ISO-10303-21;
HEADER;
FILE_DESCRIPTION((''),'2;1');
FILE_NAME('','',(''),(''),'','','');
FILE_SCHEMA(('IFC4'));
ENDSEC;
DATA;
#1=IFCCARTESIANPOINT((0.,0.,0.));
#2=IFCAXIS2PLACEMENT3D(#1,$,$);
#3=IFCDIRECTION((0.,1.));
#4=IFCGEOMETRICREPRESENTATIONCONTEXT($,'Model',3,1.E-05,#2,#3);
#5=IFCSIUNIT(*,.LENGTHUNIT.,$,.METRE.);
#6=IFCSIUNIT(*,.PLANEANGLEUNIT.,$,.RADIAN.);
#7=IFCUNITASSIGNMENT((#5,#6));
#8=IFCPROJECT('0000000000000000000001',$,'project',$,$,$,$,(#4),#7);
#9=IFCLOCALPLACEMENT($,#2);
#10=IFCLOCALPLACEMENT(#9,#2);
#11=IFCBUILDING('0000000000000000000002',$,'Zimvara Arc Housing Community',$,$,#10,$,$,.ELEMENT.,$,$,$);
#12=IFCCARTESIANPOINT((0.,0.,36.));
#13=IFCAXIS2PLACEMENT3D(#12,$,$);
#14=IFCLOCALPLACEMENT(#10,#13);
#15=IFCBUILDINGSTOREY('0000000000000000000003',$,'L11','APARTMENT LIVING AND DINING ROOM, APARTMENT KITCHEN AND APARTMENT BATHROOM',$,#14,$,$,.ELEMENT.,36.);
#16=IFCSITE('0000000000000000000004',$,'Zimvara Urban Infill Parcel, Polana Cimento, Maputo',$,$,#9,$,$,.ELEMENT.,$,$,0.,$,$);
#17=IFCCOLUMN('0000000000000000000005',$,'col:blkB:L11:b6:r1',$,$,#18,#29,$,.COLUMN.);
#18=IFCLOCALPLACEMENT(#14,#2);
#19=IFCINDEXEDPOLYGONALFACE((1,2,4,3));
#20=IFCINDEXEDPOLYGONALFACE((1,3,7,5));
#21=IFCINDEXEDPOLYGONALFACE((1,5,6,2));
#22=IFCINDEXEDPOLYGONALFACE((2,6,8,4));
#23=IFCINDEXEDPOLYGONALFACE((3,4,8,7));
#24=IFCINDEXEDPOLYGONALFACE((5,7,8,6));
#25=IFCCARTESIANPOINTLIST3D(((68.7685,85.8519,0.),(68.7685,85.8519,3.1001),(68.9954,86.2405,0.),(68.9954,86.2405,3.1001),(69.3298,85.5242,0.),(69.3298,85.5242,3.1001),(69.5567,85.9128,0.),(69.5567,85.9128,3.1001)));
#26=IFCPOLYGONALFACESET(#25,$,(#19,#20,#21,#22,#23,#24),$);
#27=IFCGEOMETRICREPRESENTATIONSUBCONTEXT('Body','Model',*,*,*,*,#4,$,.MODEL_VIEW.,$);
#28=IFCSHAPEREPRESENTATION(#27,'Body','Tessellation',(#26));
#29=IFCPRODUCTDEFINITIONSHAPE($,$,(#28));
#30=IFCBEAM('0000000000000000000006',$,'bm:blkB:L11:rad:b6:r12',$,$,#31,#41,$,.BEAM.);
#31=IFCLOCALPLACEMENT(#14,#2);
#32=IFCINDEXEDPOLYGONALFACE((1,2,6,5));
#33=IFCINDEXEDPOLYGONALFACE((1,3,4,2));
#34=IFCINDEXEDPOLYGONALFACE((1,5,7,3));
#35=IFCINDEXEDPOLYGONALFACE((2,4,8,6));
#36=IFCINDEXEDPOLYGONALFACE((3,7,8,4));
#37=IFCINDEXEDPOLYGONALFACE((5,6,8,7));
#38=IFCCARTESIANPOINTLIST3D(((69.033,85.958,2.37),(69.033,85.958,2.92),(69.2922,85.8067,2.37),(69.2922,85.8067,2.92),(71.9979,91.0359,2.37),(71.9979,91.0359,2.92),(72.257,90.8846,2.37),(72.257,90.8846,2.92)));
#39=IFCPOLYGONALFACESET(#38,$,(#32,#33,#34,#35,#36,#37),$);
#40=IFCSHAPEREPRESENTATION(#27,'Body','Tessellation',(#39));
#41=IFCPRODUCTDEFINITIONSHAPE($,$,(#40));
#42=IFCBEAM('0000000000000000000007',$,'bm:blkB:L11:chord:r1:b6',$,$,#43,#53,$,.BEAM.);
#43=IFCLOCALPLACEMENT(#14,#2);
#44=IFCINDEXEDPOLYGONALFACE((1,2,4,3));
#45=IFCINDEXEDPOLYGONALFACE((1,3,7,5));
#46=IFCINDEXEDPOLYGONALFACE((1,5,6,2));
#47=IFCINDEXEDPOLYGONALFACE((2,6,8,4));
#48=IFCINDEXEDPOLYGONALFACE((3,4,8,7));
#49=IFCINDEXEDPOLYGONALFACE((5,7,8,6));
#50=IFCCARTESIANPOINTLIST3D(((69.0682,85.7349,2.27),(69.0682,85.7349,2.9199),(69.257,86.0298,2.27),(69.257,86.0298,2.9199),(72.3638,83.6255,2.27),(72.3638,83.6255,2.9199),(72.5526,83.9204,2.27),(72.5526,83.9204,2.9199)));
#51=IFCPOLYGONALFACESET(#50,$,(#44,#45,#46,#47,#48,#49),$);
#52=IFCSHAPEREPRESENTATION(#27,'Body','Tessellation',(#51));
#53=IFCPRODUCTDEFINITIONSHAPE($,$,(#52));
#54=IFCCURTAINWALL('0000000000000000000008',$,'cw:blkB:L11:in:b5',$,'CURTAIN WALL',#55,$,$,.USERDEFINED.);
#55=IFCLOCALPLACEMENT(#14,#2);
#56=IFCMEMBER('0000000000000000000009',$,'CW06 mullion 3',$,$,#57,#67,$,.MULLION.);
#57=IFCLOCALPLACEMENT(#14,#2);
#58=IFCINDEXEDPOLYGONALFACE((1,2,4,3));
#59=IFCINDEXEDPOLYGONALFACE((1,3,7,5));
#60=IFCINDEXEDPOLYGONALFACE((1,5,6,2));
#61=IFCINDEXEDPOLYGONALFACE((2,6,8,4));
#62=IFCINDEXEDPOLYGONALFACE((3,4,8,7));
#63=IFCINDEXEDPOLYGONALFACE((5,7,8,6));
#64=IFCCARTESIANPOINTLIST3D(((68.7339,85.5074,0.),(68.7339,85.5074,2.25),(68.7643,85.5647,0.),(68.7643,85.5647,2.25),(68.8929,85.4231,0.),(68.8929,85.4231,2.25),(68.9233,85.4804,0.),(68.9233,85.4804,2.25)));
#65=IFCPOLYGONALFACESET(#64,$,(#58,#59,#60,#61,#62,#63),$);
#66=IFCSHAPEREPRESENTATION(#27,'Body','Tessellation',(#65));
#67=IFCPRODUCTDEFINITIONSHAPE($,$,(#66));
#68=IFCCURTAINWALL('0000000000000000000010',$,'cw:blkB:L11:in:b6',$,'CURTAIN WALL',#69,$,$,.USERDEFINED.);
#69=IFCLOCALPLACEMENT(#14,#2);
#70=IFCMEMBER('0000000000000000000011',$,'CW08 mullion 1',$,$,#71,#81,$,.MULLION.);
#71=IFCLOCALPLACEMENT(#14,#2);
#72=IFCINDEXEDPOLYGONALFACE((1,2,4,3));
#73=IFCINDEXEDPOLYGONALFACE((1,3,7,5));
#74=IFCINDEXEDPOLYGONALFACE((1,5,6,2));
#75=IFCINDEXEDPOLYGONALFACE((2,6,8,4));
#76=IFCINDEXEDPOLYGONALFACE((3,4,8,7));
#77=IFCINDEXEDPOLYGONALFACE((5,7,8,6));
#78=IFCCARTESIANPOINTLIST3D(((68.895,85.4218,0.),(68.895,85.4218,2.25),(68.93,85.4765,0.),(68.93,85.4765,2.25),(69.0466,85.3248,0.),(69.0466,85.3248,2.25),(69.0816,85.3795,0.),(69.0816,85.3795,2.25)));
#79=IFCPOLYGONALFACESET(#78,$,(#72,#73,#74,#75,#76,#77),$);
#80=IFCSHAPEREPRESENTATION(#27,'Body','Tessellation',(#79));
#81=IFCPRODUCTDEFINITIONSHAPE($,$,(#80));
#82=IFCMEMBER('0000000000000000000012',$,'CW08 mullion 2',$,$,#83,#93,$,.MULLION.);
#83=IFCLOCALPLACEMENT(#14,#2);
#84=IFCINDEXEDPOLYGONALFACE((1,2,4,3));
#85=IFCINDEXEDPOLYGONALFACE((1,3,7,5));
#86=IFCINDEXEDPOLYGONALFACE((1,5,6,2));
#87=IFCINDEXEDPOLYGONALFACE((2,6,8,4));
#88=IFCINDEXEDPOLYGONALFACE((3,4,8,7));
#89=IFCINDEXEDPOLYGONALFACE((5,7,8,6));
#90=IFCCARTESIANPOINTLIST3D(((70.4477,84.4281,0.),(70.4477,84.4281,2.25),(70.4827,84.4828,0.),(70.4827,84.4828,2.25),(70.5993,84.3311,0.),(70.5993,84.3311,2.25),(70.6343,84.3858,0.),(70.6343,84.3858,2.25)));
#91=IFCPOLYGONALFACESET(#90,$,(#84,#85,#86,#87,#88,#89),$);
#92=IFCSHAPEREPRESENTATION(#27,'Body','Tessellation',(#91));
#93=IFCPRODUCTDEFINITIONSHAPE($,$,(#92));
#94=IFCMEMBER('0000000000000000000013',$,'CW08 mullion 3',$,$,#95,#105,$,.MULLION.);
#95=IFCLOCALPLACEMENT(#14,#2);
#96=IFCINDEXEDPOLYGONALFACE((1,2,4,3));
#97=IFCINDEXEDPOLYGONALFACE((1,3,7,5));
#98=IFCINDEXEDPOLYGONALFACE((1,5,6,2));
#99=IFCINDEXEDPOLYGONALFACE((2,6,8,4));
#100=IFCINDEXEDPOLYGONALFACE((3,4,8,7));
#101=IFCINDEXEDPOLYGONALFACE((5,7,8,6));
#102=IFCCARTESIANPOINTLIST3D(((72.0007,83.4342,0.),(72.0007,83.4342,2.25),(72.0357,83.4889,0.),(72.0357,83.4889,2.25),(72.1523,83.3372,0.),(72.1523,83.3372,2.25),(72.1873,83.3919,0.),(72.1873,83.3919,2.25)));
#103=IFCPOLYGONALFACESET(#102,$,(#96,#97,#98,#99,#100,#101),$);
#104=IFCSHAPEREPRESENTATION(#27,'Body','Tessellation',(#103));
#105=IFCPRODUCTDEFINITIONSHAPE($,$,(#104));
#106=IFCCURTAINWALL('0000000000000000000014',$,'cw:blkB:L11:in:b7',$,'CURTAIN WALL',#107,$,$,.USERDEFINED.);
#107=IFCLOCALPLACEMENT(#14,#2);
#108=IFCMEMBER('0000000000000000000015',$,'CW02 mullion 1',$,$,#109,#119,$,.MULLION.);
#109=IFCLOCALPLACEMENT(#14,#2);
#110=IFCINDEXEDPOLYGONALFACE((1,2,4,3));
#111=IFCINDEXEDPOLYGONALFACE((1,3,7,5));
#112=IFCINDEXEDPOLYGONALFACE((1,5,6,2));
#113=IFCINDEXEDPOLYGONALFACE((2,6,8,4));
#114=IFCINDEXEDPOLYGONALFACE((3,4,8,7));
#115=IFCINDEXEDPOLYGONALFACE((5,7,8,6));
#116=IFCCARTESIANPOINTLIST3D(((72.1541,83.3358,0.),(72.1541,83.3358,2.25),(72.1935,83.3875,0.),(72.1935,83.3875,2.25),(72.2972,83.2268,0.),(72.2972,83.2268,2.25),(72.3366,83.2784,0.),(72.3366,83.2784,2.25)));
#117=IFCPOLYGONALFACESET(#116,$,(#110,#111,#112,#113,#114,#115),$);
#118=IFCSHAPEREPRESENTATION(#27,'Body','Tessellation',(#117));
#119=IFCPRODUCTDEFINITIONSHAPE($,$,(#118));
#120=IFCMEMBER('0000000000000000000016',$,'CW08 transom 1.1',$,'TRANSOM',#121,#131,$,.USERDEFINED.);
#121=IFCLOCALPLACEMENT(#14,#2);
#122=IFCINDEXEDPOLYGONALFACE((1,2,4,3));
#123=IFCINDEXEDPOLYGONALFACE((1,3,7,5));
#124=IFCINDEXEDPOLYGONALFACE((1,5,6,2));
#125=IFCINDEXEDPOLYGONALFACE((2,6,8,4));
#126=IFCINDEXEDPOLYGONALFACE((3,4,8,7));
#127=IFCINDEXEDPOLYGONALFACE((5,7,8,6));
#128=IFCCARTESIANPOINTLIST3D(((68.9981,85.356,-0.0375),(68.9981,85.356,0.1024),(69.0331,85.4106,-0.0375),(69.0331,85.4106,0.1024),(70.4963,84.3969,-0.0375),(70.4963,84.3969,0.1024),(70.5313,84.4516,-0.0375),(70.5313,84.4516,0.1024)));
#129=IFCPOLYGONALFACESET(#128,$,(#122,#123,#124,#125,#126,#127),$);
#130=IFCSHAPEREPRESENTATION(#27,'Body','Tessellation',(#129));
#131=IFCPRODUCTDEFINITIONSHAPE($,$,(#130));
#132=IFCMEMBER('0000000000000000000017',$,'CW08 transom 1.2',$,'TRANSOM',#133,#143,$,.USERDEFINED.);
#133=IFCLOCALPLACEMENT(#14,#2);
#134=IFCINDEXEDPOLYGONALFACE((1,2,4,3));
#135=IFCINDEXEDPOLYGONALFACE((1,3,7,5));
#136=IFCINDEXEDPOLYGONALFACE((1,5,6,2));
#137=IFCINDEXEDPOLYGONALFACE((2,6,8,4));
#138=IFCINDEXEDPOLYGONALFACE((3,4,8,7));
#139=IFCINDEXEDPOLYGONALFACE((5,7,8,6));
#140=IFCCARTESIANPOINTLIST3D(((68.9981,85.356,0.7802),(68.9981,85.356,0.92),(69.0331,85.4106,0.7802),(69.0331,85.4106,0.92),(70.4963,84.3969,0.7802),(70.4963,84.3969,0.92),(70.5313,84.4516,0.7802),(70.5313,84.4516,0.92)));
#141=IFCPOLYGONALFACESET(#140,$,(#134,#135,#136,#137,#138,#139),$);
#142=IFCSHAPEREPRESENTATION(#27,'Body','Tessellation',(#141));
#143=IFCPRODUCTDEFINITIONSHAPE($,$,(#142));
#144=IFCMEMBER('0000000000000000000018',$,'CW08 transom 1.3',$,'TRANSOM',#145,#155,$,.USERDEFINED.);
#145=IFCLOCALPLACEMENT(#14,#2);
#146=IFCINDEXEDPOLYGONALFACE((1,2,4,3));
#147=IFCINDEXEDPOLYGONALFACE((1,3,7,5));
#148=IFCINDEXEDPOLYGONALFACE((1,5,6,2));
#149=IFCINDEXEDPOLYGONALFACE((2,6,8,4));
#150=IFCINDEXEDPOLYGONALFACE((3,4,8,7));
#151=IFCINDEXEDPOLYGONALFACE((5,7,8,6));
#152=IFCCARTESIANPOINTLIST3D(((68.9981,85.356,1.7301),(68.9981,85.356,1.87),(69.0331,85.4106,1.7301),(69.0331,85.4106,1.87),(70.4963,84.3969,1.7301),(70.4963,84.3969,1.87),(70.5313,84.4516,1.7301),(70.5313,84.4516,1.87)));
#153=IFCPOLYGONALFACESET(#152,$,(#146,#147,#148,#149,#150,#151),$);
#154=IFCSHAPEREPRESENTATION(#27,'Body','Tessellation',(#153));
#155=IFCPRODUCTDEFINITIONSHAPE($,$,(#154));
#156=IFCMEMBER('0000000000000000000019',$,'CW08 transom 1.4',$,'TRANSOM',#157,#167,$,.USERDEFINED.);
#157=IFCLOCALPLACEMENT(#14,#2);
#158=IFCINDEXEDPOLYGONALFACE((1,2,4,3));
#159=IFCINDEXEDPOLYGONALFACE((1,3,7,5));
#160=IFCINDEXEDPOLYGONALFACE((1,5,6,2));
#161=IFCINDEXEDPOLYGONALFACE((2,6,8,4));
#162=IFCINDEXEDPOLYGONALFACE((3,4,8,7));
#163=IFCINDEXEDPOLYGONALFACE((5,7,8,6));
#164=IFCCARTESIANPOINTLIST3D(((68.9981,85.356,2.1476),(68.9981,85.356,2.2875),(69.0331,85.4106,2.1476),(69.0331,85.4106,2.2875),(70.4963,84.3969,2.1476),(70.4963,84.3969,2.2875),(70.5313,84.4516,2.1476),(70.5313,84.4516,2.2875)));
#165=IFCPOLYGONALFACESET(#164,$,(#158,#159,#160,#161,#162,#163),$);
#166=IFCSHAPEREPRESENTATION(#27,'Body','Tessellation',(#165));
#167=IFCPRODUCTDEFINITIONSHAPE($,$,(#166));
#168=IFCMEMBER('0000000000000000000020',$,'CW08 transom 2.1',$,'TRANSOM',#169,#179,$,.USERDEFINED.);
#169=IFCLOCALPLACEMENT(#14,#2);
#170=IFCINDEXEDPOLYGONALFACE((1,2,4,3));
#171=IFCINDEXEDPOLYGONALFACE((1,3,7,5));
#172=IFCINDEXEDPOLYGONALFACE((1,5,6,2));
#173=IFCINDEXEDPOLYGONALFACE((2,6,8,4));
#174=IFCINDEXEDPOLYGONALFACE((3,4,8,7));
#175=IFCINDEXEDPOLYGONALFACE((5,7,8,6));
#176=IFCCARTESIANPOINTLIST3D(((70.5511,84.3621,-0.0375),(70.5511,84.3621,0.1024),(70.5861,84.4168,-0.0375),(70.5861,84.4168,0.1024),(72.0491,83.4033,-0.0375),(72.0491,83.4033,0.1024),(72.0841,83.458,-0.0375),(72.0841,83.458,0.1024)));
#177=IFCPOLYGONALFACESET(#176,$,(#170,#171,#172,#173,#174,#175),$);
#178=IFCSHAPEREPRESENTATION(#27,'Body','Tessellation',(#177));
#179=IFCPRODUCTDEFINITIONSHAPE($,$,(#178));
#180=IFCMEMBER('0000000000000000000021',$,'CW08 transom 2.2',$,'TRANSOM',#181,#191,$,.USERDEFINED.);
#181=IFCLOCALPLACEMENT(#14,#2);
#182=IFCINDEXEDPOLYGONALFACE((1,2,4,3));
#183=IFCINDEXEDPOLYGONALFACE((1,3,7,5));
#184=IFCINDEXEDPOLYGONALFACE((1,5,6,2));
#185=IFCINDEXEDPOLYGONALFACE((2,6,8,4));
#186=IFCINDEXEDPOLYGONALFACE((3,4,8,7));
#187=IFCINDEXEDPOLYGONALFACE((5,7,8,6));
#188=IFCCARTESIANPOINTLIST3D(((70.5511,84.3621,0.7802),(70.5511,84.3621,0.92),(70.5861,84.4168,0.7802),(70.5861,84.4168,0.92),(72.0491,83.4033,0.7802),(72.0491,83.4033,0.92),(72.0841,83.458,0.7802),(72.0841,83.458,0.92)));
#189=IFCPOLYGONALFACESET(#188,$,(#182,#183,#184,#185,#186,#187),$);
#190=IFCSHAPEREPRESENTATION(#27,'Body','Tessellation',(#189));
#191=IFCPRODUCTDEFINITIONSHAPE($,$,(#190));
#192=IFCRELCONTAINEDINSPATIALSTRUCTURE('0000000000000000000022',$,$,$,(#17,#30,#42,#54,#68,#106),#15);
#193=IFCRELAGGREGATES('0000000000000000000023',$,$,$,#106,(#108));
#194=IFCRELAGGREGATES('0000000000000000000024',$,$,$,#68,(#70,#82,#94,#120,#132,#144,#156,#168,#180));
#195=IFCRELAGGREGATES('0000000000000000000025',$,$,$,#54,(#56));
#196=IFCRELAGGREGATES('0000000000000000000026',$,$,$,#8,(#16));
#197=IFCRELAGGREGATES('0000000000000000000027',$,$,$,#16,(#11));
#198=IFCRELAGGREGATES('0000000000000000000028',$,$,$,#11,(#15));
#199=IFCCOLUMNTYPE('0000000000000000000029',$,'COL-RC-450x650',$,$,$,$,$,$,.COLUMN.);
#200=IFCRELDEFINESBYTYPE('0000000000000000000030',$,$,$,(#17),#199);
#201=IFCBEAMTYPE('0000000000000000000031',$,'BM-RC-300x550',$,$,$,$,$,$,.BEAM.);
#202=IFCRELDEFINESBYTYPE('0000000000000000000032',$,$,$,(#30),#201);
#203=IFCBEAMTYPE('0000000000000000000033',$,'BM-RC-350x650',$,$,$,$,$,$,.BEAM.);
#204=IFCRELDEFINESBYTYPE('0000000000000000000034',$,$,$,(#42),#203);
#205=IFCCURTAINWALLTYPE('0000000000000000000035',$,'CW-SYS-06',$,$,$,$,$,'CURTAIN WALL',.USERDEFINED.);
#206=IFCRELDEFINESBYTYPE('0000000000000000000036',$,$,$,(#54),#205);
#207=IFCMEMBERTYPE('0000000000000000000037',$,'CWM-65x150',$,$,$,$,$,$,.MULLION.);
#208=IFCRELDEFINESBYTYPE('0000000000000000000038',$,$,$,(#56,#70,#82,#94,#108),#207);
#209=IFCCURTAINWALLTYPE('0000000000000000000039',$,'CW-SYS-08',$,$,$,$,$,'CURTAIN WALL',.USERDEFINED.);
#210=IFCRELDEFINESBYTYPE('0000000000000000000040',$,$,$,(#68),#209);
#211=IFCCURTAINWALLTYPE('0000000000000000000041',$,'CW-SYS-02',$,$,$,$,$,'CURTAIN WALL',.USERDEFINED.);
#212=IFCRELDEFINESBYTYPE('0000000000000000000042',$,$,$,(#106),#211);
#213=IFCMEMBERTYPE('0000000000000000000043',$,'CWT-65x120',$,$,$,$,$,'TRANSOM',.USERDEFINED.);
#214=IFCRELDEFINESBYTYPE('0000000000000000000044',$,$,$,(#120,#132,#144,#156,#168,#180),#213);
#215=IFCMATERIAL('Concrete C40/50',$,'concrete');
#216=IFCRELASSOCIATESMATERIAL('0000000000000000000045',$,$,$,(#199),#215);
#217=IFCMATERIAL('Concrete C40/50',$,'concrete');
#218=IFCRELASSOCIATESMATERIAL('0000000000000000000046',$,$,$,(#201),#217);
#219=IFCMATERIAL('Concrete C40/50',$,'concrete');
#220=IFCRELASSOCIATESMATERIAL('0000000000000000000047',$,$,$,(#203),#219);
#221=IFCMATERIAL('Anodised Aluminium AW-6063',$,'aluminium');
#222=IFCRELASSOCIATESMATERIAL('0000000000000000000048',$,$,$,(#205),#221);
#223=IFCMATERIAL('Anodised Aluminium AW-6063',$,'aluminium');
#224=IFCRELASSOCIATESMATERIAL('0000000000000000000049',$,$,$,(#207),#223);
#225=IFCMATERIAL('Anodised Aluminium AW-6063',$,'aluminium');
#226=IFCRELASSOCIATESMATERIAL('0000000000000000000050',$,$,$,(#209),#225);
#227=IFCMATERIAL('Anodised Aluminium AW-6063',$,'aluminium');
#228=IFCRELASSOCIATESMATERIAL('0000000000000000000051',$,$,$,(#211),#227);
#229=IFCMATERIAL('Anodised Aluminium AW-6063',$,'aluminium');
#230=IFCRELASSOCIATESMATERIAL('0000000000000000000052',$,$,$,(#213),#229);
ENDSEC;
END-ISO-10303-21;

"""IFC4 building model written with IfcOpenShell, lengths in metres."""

from ifc_helpers import new_model, si_unit, direction, frame, origin, origin_2d, place, context, subcontext, project, spatial, rectangle, extrude, material, material_profile, profile_set, type_object, element, aggregate, save


model = new_model("IFC4")

# Units and contexts
model_context = context("Model", 3, precision=1e-05, world=origin(), true_north=direction((0.0, 1.0)))
body_context = subcontext(model_context, "Body", "Model", "MODEL_VIEW")
ifc_project = project(units=[si_unit("LENGTHUNIT", "METRE"), si_unit("PLANEANGLEUNIT", "RADIAN")], contexts=[model_context])

# Site, building, storey
site_placement = place(None, origin())
site = spatial("IfcSite", under=ifc_project, at=site_placement, Name="Zimvara Urban Infill Parcel, Polana Cimento, Maputo", CompositionType="ELEMENT", RefElevation=0.0)
building_placement = place(site_placement, origin())
building = spatial("IfcBuilding", under=site, at=building_placement, Name="Zimvara Arc Housing Community", CompositionType="ELEMENT")
storey_placement = place(building_placement, frame((0.0, 0.0, 36.0)))
storey = spatial("IfcBuildingStorey", under=building, at=storey_placement, Name="L11", Description="APARTMENT LIVING AND DINING ROOM, APARTMENT KITCHEN AND APARTMENT BATHROOM", CompositionType="ELEMENT", Elevation=36.0)

# Column
ifc_material_1 = material(Name="Concrete C40/50", Category="concrete")
ifc_material_profile_1 = material_profile(ifc_material_1, rectangle(XDim=0.45, YDim=0.6499, at=origin_2d()), Name="RC 450x650")
ifc_profile_set_1 = profile_set([ifc_material_profile_1], Name="Concrete C40/50")
column_type = type_object("IfcColumnType", Name="COL-RC-450x650", PredefinedType="COLUMN", material=ifc_profile_set_1)
column_placement = place(storey_placement, frame((69.1626, 85.8823, 0.0), z_axis=(0.0, 0.0, 1.0), x_axis=(0.504226, 0.863572, 0.0)))
element("IfcColumn", 1, at=column_placement, inside=storey, type_object=column_type, Name="col:blkB:L11:b6:r1", PredefinedType="COLUMN", context=body_context, shape_type="SweptSolid", body=[
    extrude(rectangle(XDim=0.45, YDim=0.6499, at=origin_2d()), origin(), (0.0, 0.0, 1.0), 3.1001),
])

# Beams
ifc_material_2 = material(Name="Concrete C40/50", Category="concrete")
ifc_material_profile_2 = material_profile(ifc_material_2, rectangle(XDim=0.3, YDim=0.55, at=origin_2d()), Name="RC 300x550")
ifc_profile_set_2 = profile_set([ifc_material_profile_2], Name="Concrete C40/50")
beam_type_1 = type_object("IfcBeamType", Name="BM-RC-300x550", PredefinedType="BEAM", material=ifc_profile_set_2)
beam_1_placement = place(storey_placement, frame((69.1626, 85.8823, 2.645), z_axis=(0.504219, 0.863576, 0.0), x_axis=(-0.863576, 0.504219, 0.0)))
element("IfcBeam", 2, at=beam_1_placement, inside=storey, type_object=beam_type_1, Name="bm:blkB:L11:rad:b6:r12", PredefinedType="BEAM", context=body_context, shape_type="SweptSolid", body=[
    extrude(rectangle(XDim=0.3, YDim=0.55, at=origin_2d()), origin(), (0.0, 0.0, 1.0), 5.8801),
])
ifc_material_3 = material(Name="Concrete C40/50", Category="concrete")
ifc_material_profile_3 = material_profile(ifc_material_3, rectangle(XDim=0.3501, YDim=0.6499, at=origin_2d()), Name="RC 350x650")
ifc_profile_set_3 = profile_set([ifc_material_profile_3], Name="Concrete C40/50")
beam_type_2 = type_object("IfcBeamType", Name="BM-RC-350x650", PredefinedType="BEAM", material=ifc_profile_set_3)
beam_2_placement = place(storey_placement, frame((69.1626, 85.8823, 2.595), z_axis=(0.842253, -0.539082, 0.0), x_axis=(0.539082, 0.842253, 0.0)))
element("IfcBeam", 3, at=beam_2_placement, inside=storey, type_object=beam_type_2, Name="bm:blkB:L11:chord:r1:b6", PredefinedType="BEAM", context=body_context, shape_type="SweptSolid", body=[
    extrude(rectangle(XDim=0.3501, YDim=0.6499, at=origin_2d()), origin(), (0.0, 0.0, 1.0), 3.9128),
])

# Curtain wall, member
ifc_material_4 = material(Name="Anodised Aluminium AW-6063", Category="aluminium")
curtain_wall_type_1 = type_object("IfcCurtainWallType", Name="CW-SYS-06", ElementType="CURTAIN WALL", PredefinedType="USERDEFINED", material=ifc_material_4)
curtain_wall_1_placement = place(storey_placement, origin())
curtain_wall_1 = element("IfcCurtainWall", 4, at=curtain_wall_1_placement, inside=storey, type_object=curtain_wall_type_1, Name="cw:blkB:L11:in:b5", ObjectType="CURTAIN WALL", PredefinedType="USERDEFINED")
ifc_material_5 = material(Name="Anodised Aluminium AW-6063", Category="aluminium")
ifc_material_profile_4 = material_profile(ifc_material_5, rectangle(XDim=0.0649, YDim=0.1799, at=origin_2d()), Name="ALU 65x180")
ifc_profile_set_4 = profile_set([ifc_material_profile_4], Name="Anodised Aluminium AW-6063")
member_type_1 = type_object("IfcMemberType", Name="CWM-65x150", PredefinedType="MULLION", material=ifc_profile_set_4)
member_1_placement = place(storey_placement, frame((68.8286, 85.4939, 0.0), z_axis=(0.0, 0.0, 1.0), x_axis=(0.468547, 0.883439, 0.0)))
member_1 = element("IfcMember", 5, at=member_1_placement, type_object=member_type_1, Name="CW06 mullion 3", PredefinedType="MULLION", context=body_context, shape_type="SweptSolid", body=[
    extrude(rectangle(XDim=0.0649, YDim=0.1799, at=origin_2d()), origin(), (0.0, 0.0, 1.0), 2.25),
])

# Curtain wall, members
ifc_material_6 = material(Name="Anodised Aluminium AW-6063", Category="aluminium")
curtain_wall_type_2 = type_object("IfcCurtainWallType", Name="CW-SYS-08", ElementType="CURTAIN WALL", PredefinedType="USERDEFINED", material=ifc_material_6)
curtain_wall_2_placement = place(storey_placement, origin())
curtain_wall_2 = element("IfcCurtainWall", 6, at=curtain_wall_2_placement, inside=storey, type_object=curtain_wall_type_2, Name="cw:blkB:L11:in:b6", ObjectType="CURTAIN WALL", PredefinedType="USERDEFINED")
member_2_placement = place(storey_placement, frame((68.9883, 85.4006, 0.0), z_axis=(0.0, 0.0, 1.0), x_axis=(0.539065, 0.842264, 0.0)))
member_2 = element("IfcMember", 7, at=member_2_placement, type_object=member_type_1, Name="CW08 mullion 1", PredefinedType="MULLION", context=body_context, shape_type="SweptSolid", body=[
    extrude(rectangle(XDim=0.0649, YDim=0.1799, at=origin_2d()), origin(), (0.0, 0.0, 1.0), 2.25),
])
member_3_placement = place(storey_placement, frame((70.541, 84.407, 0.0), z_axis=(0.0, 0.0, 1.0), x_axis=(0.539065, 0.842264, 0.0)))
member_3 = element("IfcMember", 8, at=member_3_placement, type_object=member_type_1, Name="CW08 mullion 2", PredefinedType="MULLION", context=body_context, shape_type="SweptSolid", body=[
    extrude(rectangle(XDim=0.0649, YDim=0.1799, at=origin_2d()), origin(), (0.0, 0.0, 1.0), 2.25),
])
member_4_placement = place(storey_placement, frame((72.094, 83.4131, 0.0), z_axis=(0.0, 0.0, 1.0), x_axis=(0.539065, 0.842264, 0.0)))
member_4 = element("IfcMember", 9, at=member_4_placement, type_object=member_type_1, Name="CW08 mullion 3", PredefinedType="MULLION", context=body_context, shape_type="SweptSolid", body=[
    extrude(rectangle(XDim=0.0649, YDim=0.1799, at=origin_2d()), origin(), (0.0, 0.0, 1.0), 2.25),
])

# Curtain wall, member
ifc_material_7 = material(Name="Anodised Aluminium AW-6063", Category="aluminium")
curtain_wall_type_3 = type_object("IfcCurtainWallType", Name="CW-SYS-02", ElementType="CURTAIN WALL", PredefinedType="USERDEFINED", material=ifc_material_7)
curtain_wall_3_placement = place(storey_placement, origin())
curtain_wall_3 = element("IfcCurtainWall", 10, at=curtain_wall_3_placement, inside=storey, type_object=curtain_wall_type_3, Name="cw:blkB:L11:in:b7", ObjectType="CURTAIN WALL", PredefinedType="USERDEFINED")
member_5_placement = place(storey_placement, frame((72.2454, 83.3071, 0.0), z_axis=(0.0, 0.0, 1.0), x_axis=(0.605988, 0.795474, 0.0)))
member_5 = element("IfcMember", 11, at=member_5_placement, type_object=member_type_1, Name="CW02 mullion 1", PredefinedType="MULLION", context=body_context, shape_type="SweptSolid", body=[
    extrude(rectangle(XDim=0.0649, YDim=0.1799, at=origin_2d()), origin(), (0.0, 0.0, 1.0), 2.25),
])
aggregate(curtain_wall_3, [member_5])

# Members
ifc_material_8 = material(Name="Anodised Aluminium AW-6063", Category="aluminium")
ifc_material_profile_5 = material_profile(ifc_material_8, rectangle(XDim=0.0649, YDim=0.1399, at=origin_2d()), Name="ALU 65x140")
ifc_profile_set_5 = profile_set([ifc_material_profile_5], Name="Anodised Aluminium AW-6063")
member_type_2 = type_object("IfcMemberType", Name="CWT-65x120", ElementType="TRANSOM", PredefinedType="USERDEFINED", material=ifc_profile_set_5)
member_6_placement = place(storey_placement, frame((69.0156, 85.3833, 0.0325), z_axis=(0.842212, -0.539147, 0.0), x_axis=(0.539147, 0.842212, 0.0)))
member_6 = element("IfcMember", 12, at=member_6_placement, type_object=member_type_2, Name="CW08 transom 1.1", ObjectType="TRANSOM", PredefinedType="USERDEFINED", context=body_context, shape_type="SweptSolid", body=[
    extrude(rectangle(XDim=0.0649, YDim=0.1399, at=origin_2d()), origin(), (0.0, 0.0, 1.0), 1.7788),
])
member_7_placement = place(storey_placement, frame((69.0156, 85.3833, 0.8501), z_axis=(0.842212, -0.539147, 0.0), x_axis=(0.539147, 0.842212, 0.0)))
member_7 = element("IfcMember", 13, at=member_7_placement, type_object=member_type_2, Name="CW08 transom 1.2", ObjectType="TRANSOM", PredefinedType="USERDEFINED", context=body_context, shape_type="SweptSolid", body=[
    extrude(rectangle(XDim=0.0649, YDim=0.1399, at=origin_2d()), origin(), (0.0, 0.0, 1.0), 1.7788),
])
member_8_placement = place(storey_placement, frame((69.0156, 85.3833, 1.8), z_axis=(0.842212, -0.539147, 0.0), x_axis=(0.539147, 0.842212, 0.0)))
member_8 = element("IfcMember", 14, at=member_8_placement, type_object=member_type_2, Name="CW08 transom 1.3", ObjectType="TRANSOM", PredefinedType="USERDEFINED", context=body_context, shape_type="SweptSolid", body=[
    extrude(rectangle(XDim=0.0649, YDim=0.1399, at=origin_2d()), origin(), (0.0, 0.0, 1.0), 1.7788),
])
member_9_placement = place(storey_placement, frame((69.0156, 85.3833, 2.2175), z_axis=(0.842212, -0.539147, 0.0), x_axis=(0.539147, 0.842212, 0.0)))
member_9 = element("IfcMember", 15, at=member_9_placement, type_object=member_type_2, Name="CW08 transom 1.4", ObjectType="TRANSOM", PredefinedType="USERDEFINED", context=body_context, shape_type="SweptSolid", body=[
    extrude(rectangle(XDim=0.0649, YDim=0.1399, at=origin_2d()), origin(), (0.0, 0.0, 1.0), 1.7788),
])
member_10_placement = place(storey_placement, frame((70.5686, 84.3894, 0.0325), z_axis=(0.842274, -0.53905, 0.0), x_axis=(0.53905, 0.842274, 0.0)))
member_10 = element("IfcMember", 16, at=member_10_placement, type_object=member_type_2, Name="CW08 transom 2.1", ObjectType="TRANSOM", PredefinedType="USERDEFINED", context=body_context, shape_type="SweptSolid", body=[
    extrude(rectangle(XDim=0.0649, YDim=0.1399, at=origin_2d()), origin(), (0.0, 0.0, 1.0), 1.7786),
])
member_11_placement = place(storey_placement, frame((70.5686, 84.3894, 0.8501), z_axis=(0.842274, -0.53905, 0.0), x_axis=(0.53905, 0.842274, 0.0)))
member_11 = element("IfcMember", 17, at=member_11_placement, type_object=member_type_2, Name="CW08 transom 2.2", ObjectType="TRANSOM", PredefinedType="USERDEFINED", context=body_context, shape_type="SweptSolid", body=[
    extrude(rectangle(XDim=0.0649, YDim=0.1399, at=origin_2d()), origin(), (0.0, 0.0, 1.0), 1.7786),
])

aggregate(curtain_wall_2, [member_2, member_3, member_4, member_6, member_7, member_8, member_9, member_10, member_11])
aggregate(curtain_wall_1, [member_1])

save(model, "model.ifc")
